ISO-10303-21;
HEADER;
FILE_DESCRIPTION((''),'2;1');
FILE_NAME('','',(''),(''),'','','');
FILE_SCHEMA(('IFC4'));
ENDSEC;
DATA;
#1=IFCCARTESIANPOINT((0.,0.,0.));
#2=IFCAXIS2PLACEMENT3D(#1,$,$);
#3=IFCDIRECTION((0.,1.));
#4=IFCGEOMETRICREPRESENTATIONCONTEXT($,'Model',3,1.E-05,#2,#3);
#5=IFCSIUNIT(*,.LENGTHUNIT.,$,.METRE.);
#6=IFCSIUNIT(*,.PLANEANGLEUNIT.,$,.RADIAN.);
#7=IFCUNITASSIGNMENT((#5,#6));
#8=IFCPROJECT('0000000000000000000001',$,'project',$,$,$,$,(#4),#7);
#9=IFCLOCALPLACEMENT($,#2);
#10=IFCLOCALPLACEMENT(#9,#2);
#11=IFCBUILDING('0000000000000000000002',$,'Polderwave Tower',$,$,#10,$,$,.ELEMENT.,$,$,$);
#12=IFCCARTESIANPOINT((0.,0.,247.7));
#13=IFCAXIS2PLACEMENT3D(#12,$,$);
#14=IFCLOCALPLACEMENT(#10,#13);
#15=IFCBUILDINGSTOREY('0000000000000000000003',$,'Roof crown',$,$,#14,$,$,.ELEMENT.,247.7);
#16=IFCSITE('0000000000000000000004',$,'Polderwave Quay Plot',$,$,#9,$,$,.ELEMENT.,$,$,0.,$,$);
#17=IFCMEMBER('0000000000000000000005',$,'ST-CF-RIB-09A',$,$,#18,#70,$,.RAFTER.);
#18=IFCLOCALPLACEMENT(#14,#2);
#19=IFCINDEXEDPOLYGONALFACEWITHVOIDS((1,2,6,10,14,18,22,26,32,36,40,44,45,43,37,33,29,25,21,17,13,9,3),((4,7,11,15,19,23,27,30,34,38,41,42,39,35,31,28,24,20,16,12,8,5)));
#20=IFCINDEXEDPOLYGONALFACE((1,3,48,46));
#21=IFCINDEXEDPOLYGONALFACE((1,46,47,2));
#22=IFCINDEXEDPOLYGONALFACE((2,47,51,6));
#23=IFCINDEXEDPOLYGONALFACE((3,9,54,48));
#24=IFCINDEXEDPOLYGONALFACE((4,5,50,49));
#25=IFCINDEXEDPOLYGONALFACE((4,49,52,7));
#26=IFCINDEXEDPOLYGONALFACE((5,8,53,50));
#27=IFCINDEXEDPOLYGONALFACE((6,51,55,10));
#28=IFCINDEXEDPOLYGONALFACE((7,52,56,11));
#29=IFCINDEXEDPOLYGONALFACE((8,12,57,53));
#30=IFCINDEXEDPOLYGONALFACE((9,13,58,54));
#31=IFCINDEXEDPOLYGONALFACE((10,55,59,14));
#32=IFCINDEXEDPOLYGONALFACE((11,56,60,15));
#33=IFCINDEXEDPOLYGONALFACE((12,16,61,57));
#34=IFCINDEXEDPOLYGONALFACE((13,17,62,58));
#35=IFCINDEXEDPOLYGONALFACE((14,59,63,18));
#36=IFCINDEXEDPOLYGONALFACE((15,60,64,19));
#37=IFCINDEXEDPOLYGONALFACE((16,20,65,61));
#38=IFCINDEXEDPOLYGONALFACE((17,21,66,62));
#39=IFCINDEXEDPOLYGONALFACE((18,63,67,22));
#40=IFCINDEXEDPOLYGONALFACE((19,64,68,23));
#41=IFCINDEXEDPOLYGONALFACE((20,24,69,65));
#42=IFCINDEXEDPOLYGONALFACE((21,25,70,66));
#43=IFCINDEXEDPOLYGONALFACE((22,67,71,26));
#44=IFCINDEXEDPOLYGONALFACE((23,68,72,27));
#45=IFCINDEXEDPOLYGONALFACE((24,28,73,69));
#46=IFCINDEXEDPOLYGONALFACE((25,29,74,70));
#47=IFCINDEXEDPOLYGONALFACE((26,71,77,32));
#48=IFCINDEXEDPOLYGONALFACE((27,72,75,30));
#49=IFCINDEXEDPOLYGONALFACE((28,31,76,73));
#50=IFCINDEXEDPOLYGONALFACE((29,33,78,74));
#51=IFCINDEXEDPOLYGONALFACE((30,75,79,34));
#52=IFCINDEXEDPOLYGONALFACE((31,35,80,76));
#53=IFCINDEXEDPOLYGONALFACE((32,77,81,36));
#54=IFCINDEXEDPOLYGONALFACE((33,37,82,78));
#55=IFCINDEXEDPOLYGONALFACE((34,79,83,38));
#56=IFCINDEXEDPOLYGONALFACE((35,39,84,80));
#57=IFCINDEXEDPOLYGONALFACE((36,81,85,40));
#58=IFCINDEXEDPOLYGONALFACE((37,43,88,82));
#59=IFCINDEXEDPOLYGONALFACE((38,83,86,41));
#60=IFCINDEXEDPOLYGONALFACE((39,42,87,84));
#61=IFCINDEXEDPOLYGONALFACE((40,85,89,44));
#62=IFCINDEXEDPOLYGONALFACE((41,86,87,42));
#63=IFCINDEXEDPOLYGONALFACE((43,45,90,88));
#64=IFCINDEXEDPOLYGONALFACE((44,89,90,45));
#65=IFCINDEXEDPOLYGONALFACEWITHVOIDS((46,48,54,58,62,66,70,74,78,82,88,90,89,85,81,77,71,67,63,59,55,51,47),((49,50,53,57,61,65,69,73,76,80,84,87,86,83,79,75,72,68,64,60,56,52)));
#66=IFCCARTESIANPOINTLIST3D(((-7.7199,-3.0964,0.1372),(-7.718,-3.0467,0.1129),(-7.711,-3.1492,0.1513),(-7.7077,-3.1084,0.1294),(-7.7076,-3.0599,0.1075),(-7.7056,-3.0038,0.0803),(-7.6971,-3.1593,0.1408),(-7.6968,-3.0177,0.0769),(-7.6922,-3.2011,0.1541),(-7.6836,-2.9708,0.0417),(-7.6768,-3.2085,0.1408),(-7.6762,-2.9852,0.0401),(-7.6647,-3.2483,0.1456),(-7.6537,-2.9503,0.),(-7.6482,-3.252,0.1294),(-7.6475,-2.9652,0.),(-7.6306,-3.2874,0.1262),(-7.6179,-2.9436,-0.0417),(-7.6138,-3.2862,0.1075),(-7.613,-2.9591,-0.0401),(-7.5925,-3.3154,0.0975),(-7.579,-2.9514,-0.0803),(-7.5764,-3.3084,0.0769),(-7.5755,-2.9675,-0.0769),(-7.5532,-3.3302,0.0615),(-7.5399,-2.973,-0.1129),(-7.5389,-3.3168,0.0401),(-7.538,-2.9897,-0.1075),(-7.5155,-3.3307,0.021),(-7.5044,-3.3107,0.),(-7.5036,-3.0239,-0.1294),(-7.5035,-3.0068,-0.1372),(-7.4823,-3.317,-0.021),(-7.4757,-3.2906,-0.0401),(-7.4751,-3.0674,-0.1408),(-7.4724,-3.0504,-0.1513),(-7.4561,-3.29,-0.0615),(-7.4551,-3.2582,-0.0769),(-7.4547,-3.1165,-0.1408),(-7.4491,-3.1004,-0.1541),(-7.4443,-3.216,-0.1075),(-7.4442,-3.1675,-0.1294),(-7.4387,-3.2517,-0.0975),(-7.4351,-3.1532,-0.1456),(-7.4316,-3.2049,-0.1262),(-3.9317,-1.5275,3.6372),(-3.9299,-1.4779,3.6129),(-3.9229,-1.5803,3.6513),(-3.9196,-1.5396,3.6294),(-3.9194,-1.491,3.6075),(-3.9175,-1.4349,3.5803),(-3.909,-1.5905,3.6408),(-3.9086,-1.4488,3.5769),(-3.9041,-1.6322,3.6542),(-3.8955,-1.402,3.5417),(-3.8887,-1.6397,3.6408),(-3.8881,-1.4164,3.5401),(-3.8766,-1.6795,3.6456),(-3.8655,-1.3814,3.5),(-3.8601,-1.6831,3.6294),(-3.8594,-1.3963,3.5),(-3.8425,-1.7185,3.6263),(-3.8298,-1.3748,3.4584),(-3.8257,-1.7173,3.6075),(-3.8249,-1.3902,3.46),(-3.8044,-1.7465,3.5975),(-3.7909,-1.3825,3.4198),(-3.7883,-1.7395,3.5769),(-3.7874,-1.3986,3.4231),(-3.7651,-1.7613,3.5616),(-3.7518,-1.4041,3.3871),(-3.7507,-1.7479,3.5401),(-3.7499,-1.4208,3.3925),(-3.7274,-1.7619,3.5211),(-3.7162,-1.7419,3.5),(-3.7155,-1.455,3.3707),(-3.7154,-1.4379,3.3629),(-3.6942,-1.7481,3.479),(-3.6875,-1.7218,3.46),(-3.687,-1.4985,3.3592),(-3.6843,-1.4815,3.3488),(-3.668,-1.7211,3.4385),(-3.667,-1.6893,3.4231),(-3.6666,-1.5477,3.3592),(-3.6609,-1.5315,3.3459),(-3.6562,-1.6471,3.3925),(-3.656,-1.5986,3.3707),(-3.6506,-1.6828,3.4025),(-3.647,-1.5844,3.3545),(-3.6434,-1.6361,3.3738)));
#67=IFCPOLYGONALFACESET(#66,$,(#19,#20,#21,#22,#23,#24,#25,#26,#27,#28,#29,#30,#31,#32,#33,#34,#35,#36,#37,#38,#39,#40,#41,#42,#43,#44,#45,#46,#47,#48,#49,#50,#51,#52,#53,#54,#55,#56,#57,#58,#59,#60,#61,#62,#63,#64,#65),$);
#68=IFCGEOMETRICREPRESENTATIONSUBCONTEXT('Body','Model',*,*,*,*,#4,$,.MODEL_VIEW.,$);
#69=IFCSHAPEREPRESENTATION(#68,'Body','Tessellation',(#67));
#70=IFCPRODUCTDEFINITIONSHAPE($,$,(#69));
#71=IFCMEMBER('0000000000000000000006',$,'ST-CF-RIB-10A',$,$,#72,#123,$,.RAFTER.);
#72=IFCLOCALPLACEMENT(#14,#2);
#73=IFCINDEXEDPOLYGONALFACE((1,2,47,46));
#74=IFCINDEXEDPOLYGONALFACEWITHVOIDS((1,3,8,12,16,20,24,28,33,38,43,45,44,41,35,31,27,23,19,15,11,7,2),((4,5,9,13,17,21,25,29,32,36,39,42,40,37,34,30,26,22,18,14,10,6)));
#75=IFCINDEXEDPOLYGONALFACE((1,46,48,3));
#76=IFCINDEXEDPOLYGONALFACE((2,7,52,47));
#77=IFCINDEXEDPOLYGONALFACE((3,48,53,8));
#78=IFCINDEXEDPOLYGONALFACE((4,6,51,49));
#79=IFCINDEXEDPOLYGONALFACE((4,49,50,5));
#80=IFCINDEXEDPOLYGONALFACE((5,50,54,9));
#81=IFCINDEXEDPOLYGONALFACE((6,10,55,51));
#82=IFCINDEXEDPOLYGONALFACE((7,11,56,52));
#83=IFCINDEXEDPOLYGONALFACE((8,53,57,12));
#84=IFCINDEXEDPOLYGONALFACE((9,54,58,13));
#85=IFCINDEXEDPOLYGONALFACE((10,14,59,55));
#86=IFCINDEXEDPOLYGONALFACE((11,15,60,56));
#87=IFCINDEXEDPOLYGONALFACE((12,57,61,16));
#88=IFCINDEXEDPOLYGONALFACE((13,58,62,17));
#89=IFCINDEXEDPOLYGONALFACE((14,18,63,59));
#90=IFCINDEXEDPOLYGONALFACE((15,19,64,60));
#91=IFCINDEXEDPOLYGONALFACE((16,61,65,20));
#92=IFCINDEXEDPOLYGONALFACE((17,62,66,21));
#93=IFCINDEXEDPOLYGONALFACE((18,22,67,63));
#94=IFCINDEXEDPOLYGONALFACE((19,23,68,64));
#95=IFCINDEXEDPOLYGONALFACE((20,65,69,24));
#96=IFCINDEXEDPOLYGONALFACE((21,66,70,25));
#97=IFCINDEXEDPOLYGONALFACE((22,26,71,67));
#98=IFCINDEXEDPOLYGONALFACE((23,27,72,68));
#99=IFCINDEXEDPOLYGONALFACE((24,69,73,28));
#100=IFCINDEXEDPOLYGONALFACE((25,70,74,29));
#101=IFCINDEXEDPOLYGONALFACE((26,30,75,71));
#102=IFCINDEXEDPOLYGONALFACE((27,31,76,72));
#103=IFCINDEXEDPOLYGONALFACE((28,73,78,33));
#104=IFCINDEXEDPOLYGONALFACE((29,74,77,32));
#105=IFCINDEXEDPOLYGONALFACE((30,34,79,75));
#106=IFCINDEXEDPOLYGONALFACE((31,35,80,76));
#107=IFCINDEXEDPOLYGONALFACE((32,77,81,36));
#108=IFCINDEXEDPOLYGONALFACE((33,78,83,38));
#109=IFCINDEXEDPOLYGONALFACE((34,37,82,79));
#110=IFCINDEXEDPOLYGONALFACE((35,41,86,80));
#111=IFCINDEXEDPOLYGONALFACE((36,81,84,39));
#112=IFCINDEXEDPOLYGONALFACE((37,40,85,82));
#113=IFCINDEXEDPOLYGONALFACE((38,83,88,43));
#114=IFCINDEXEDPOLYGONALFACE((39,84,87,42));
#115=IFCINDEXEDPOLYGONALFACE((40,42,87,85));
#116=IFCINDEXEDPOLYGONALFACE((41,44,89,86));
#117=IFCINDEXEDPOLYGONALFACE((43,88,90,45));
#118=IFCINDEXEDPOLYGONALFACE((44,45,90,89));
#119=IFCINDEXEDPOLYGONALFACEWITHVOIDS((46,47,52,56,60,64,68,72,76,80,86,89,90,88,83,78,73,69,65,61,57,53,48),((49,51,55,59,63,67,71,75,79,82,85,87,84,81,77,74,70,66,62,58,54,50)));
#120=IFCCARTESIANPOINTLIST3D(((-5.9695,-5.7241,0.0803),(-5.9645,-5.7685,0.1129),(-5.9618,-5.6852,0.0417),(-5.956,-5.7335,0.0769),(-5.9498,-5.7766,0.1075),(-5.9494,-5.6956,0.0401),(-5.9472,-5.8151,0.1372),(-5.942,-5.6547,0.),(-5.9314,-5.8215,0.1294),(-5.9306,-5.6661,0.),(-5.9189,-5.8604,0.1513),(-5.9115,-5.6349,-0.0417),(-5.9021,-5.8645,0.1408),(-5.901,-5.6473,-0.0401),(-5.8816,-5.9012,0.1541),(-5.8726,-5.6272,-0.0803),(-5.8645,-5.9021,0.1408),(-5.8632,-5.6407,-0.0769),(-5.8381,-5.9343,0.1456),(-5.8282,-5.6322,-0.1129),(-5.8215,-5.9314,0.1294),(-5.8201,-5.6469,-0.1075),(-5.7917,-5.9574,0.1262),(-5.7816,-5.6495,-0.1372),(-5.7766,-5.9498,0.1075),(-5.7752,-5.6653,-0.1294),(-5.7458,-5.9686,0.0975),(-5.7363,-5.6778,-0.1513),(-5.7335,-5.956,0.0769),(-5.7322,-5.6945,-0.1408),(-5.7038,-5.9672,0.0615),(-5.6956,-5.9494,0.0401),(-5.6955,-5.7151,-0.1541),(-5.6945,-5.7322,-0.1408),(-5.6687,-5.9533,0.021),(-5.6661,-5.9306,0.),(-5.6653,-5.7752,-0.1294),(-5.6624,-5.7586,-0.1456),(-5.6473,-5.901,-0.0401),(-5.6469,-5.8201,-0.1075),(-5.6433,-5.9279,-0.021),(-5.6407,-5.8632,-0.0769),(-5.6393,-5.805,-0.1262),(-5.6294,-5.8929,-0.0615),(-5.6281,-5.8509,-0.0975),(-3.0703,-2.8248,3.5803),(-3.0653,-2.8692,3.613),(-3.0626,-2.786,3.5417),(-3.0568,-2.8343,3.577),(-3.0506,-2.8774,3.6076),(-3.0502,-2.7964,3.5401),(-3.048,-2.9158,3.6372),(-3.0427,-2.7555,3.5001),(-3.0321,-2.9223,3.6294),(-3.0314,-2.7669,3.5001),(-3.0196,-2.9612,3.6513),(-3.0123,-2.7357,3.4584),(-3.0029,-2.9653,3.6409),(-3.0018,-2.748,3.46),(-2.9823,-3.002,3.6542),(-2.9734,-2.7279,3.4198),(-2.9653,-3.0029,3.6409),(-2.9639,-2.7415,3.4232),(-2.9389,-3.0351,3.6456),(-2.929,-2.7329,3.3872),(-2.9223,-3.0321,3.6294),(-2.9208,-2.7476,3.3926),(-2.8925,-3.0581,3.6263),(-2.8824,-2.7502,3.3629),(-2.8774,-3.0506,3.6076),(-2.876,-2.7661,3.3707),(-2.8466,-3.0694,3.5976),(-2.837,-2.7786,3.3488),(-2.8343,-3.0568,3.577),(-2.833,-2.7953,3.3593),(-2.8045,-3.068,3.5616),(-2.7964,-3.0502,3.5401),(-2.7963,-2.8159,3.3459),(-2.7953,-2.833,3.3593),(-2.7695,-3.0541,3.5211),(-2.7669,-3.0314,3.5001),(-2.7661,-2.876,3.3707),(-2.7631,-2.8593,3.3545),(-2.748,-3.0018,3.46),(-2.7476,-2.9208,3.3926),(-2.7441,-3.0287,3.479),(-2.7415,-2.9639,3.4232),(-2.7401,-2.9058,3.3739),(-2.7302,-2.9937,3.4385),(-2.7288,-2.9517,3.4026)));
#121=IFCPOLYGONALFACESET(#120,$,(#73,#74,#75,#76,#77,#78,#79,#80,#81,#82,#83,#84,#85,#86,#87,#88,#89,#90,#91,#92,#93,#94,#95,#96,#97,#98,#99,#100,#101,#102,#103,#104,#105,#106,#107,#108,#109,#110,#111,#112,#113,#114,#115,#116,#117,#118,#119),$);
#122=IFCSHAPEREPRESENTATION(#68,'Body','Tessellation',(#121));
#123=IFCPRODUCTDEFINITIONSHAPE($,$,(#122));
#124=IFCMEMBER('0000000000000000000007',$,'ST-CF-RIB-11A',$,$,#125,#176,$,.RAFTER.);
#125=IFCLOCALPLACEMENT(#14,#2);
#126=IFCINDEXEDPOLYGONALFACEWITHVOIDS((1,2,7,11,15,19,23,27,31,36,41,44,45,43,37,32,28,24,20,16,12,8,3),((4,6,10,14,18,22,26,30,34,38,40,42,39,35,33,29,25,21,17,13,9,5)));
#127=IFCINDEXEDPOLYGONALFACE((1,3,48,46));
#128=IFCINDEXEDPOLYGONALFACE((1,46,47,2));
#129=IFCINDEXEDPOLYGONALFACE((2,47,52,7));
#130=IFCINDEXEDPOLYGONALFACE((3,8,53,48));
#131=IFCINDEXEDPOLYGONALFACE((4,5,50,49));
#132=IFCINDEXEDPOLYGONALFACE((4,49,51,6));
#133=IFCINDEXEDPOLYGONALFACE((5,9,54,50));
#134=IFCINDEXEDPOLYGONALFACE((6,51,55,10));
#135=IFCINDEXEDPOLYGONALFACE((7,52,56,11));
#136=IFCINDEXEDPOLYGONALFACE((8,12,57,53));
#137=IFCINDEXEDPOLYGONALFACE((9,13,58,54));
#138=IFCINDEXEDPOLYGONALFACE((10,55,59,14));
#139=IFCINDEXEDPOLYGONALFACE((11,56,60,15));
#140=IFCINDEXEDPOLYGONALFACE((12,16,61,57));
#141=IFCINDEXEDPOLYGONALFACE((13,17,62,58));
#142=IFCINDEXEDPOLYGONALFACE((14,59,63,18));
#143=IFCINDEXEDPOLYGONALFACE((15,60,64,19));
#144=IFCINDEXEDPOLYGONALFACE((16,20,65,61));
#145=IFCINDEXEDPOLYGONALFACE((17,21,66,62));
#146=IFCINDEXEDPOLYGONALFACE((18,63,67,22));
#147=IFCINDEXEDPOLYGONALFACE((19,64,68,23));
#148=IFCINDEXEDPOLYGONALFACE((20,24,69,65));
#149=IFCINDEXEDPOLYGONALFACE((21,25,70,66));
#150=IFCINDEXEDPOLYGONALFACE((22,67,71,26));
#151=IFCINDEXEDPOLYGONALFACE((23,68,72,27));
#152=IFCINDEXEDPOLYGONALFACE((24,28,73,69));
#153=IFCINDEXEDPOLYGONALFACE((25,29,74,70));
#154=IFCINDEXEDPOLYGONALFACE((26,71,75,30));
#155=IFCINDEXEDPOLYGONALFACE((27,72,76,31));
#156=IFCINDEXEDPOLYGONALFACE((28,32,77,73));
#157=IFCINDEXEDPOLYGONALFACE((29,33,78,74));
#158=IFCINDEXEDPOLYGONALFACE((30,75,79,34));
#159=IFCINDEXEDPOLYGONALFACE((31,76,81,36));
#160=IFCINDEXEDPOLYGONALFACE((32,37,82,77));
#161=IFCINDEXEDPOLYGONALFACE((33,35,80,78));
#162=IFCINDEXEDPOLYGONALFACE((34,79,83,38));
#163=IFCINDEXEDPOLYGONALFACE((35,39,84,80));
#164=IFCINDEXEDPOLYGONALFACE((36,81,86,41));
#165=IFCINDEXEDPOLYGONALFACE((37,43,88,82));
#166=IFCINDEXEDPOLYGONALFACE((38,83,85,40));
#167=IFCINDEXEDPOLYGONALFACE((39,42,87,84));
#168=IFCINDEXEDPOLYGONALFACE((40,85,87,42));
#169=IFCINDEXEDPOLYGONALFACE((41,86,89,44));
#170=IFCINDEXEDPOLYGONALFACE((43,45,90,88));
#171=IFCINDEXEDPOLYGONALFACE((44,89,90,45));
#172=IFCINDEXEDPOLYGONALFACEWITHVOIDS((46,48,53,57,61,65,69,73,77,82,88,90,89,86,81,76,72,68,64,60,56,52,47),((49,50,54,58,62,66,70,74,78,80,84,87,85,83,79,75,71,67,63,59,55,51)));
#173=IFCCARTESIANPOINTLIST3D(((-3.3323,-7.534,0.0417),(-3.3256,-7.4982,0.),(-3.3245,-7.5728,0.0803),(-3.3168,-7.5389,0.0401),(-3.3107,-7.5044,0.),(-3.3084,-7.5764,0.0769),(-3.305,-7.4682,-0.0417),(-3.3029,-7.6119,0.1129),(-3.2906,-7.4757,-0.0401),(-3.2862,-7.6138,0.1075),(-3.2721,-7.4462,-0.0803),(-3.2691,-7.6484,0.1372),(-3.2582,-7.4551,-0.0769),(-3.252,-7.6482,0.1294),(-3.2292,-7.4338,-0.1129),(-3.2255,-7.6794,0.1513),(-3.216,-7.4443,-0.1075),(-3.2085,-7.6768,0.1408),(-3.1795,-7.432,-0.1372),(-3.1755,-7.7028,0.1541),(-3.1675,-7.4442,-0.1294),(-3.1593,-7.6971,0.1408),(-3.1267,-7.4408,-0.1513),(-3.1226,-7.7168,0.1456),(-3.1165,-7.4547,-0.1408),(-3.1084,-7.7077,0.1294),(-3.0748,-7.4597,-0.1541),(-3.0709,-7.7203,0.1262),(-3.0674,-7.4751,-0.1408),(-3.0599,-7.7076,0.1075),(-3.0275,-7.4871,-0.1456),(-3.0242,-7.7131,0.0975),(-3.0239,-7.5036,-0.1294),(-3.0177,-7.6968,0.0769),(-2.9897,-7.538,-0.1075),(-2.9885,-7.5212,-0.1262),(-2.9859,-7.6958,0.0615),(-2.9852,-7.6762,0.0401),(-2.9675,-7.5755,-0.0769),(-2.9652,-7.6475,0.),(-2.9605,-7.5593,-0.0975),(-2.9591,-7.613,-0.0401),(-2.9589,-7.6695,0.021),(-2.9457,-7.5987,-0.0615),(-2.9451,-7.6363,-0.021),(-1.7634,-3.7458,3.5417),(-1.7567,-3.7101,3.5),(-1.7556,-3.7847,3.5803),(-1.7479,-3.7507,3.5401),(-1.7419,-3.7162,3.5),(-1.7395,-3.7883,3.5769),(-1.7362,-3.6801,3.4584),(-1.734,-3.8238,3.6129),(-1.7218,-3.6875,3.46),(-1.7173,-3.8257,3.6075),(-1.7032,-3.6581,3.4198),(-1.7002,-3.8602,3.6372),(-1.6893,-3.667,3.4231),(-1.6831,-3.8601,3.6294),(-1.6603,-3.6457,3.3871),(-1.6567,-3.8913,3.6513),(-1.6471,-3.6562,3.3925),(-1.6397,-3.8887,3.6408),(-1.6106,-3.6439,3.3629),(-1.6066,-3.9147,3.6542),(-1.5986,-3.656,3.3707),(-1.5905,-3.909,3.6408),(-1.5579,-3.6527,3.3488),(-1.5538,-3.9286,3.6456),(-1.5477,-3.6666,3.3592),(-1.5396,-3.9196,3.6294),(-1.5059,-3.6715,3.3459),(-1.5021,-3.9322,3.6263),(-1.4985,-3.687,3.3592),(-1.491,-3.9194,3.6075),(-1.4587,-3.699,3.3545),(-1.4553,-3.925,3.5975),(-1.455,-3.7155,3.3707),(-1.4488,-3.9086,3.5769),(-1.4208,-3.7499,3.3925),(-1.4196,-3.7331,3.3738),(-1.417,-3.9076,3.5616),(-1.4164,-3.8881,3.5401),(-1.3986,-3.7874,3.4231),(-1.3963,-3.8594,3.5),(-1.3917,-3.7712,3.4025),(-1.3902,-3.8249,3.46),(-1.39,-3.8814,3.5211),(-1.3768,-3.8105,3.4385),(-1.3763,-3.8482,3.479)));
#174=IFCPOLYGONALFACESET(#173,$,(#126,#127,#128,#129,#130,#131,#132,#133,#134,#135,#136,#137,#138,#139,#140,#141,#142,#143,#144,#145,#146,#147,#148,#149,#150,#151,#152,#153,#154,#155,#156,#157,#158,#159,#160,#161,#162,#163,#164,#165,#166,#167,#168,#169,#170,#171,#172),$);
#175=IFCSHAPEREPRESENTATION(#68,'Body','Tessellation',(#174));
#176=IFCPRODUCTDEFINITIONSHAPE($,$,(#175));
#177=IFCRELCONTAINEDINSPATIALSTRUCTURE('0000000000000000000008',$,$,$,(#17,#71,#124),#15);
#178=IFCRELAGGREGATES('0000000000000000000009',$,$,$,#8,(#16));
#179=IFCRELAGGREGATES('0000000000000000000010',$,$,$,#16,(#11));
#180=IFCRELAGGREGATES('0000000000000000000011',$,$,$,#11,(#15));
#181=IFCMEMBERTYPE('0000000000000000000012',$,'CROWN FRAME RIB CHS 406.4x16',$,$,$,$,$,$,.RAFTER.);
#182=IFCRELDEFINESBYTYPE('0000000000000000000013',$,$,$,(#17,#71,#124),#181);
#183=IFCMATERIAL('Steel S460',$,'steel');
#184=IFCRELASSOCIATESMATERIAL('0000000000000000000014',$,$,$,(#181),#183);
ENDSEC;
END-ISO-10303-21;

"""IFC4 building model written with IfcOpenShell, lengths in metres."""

from ifc_helpers import new_model, si_unit, direction, frame, origin, origin_2d, place, context, subcontext, project, spatial, hollow_circle, extrude, material, material_profile, profile_set, type_object, element, save


model = new_model("IFC4")

# Units and contexts
model_context = context("Model", 3, precision=1e-05, world=origin(), true_north=direction((0.0, 1.0)))
body_context = subcontext(model_context, "Body", "Model", "MODEL_VIEW")
ifc_project = project(units=[si_unit("LENGTHUNIT", "METRE"), si_unit("PLANEANGLEUNIT", "RADIAN")], contexts=[model_context])

# Site, building, storey
site_placement = place(None, origin())
site = spatial("IfcSite", under=ifc_project, at=site_placement, Name="Polderwave Quay Plot", CompositionType="ELEMENT", RefElevation=0.0)
building_placement = place(site_placement, origin())
building = spatial("IfcBuilding", under=site, at=building_placement, Name="Polderwave Tower", CompositionType="ELEMENT")
storey_placement = place(building_placement, frame((0.0, 0.0, 247.7)))
storey = spatial("IfcBuildingStorey", under=building, at=storey_placement, Name="Roof crown", CompositionType="ELEMENT", Elevation=247.7)

# Members
ifc_material_1 = material(Name="Steel S460", Category="steel")
ifc_material_profile_1 = material_profile(ifc_material_1, hollow_circle(Radius=0.2031, WallThickness=0.0161, at=origin_2d()), Name="CHS 406.4x16")
ifc_profile_set_1 = profile_set([ifc_material_profile_1], Name="Steel S460")
member_type_1 = type_object("IfcMemberType", Name="CROWN FRAME RIB CHS 406.4x16", PredefinedType="RAFTER", material=ifc_profile_set_1)
for number, where, z_axis, x_axis, name in (
    (1, (-7.5759, -3.1379, 0.0), (0.702693, 0.291022, 0.649253), (-0.382636, 0.923899, 0.0), "ST-CF-RIB-09A"),
    (2, (-5.7983, -5.7983, 0.0), (0.537803, 0.537803, 0.649258), (-0.707107, 0.707107, 0.0), "ST-CF-RIB-10A"),
    (3, (-3.1379, -7.5759, 0.0), (0.291022, 0.702693, 0.649253), (-0.923899, 0.382636, 0.0), "ST-CF-RIB-11A"),
):
    element("IfcMember", number, at=place(storey_placement, frame(where, z_axis=z_axis, x_axis=x_axis)), inside=storey, type_object=member_type_1, Name=name, PredefinedType="RAFTER", context=body_context, shape_type="SweptSolid", body=[
        extrude(hollow_circle(Radius=0.2031, WallThickness=0.0161, at=origin_2d()), origin(), (0.0, 0.0, 1.0), 5.3909),
    ])

save(model, "model.ifc")
